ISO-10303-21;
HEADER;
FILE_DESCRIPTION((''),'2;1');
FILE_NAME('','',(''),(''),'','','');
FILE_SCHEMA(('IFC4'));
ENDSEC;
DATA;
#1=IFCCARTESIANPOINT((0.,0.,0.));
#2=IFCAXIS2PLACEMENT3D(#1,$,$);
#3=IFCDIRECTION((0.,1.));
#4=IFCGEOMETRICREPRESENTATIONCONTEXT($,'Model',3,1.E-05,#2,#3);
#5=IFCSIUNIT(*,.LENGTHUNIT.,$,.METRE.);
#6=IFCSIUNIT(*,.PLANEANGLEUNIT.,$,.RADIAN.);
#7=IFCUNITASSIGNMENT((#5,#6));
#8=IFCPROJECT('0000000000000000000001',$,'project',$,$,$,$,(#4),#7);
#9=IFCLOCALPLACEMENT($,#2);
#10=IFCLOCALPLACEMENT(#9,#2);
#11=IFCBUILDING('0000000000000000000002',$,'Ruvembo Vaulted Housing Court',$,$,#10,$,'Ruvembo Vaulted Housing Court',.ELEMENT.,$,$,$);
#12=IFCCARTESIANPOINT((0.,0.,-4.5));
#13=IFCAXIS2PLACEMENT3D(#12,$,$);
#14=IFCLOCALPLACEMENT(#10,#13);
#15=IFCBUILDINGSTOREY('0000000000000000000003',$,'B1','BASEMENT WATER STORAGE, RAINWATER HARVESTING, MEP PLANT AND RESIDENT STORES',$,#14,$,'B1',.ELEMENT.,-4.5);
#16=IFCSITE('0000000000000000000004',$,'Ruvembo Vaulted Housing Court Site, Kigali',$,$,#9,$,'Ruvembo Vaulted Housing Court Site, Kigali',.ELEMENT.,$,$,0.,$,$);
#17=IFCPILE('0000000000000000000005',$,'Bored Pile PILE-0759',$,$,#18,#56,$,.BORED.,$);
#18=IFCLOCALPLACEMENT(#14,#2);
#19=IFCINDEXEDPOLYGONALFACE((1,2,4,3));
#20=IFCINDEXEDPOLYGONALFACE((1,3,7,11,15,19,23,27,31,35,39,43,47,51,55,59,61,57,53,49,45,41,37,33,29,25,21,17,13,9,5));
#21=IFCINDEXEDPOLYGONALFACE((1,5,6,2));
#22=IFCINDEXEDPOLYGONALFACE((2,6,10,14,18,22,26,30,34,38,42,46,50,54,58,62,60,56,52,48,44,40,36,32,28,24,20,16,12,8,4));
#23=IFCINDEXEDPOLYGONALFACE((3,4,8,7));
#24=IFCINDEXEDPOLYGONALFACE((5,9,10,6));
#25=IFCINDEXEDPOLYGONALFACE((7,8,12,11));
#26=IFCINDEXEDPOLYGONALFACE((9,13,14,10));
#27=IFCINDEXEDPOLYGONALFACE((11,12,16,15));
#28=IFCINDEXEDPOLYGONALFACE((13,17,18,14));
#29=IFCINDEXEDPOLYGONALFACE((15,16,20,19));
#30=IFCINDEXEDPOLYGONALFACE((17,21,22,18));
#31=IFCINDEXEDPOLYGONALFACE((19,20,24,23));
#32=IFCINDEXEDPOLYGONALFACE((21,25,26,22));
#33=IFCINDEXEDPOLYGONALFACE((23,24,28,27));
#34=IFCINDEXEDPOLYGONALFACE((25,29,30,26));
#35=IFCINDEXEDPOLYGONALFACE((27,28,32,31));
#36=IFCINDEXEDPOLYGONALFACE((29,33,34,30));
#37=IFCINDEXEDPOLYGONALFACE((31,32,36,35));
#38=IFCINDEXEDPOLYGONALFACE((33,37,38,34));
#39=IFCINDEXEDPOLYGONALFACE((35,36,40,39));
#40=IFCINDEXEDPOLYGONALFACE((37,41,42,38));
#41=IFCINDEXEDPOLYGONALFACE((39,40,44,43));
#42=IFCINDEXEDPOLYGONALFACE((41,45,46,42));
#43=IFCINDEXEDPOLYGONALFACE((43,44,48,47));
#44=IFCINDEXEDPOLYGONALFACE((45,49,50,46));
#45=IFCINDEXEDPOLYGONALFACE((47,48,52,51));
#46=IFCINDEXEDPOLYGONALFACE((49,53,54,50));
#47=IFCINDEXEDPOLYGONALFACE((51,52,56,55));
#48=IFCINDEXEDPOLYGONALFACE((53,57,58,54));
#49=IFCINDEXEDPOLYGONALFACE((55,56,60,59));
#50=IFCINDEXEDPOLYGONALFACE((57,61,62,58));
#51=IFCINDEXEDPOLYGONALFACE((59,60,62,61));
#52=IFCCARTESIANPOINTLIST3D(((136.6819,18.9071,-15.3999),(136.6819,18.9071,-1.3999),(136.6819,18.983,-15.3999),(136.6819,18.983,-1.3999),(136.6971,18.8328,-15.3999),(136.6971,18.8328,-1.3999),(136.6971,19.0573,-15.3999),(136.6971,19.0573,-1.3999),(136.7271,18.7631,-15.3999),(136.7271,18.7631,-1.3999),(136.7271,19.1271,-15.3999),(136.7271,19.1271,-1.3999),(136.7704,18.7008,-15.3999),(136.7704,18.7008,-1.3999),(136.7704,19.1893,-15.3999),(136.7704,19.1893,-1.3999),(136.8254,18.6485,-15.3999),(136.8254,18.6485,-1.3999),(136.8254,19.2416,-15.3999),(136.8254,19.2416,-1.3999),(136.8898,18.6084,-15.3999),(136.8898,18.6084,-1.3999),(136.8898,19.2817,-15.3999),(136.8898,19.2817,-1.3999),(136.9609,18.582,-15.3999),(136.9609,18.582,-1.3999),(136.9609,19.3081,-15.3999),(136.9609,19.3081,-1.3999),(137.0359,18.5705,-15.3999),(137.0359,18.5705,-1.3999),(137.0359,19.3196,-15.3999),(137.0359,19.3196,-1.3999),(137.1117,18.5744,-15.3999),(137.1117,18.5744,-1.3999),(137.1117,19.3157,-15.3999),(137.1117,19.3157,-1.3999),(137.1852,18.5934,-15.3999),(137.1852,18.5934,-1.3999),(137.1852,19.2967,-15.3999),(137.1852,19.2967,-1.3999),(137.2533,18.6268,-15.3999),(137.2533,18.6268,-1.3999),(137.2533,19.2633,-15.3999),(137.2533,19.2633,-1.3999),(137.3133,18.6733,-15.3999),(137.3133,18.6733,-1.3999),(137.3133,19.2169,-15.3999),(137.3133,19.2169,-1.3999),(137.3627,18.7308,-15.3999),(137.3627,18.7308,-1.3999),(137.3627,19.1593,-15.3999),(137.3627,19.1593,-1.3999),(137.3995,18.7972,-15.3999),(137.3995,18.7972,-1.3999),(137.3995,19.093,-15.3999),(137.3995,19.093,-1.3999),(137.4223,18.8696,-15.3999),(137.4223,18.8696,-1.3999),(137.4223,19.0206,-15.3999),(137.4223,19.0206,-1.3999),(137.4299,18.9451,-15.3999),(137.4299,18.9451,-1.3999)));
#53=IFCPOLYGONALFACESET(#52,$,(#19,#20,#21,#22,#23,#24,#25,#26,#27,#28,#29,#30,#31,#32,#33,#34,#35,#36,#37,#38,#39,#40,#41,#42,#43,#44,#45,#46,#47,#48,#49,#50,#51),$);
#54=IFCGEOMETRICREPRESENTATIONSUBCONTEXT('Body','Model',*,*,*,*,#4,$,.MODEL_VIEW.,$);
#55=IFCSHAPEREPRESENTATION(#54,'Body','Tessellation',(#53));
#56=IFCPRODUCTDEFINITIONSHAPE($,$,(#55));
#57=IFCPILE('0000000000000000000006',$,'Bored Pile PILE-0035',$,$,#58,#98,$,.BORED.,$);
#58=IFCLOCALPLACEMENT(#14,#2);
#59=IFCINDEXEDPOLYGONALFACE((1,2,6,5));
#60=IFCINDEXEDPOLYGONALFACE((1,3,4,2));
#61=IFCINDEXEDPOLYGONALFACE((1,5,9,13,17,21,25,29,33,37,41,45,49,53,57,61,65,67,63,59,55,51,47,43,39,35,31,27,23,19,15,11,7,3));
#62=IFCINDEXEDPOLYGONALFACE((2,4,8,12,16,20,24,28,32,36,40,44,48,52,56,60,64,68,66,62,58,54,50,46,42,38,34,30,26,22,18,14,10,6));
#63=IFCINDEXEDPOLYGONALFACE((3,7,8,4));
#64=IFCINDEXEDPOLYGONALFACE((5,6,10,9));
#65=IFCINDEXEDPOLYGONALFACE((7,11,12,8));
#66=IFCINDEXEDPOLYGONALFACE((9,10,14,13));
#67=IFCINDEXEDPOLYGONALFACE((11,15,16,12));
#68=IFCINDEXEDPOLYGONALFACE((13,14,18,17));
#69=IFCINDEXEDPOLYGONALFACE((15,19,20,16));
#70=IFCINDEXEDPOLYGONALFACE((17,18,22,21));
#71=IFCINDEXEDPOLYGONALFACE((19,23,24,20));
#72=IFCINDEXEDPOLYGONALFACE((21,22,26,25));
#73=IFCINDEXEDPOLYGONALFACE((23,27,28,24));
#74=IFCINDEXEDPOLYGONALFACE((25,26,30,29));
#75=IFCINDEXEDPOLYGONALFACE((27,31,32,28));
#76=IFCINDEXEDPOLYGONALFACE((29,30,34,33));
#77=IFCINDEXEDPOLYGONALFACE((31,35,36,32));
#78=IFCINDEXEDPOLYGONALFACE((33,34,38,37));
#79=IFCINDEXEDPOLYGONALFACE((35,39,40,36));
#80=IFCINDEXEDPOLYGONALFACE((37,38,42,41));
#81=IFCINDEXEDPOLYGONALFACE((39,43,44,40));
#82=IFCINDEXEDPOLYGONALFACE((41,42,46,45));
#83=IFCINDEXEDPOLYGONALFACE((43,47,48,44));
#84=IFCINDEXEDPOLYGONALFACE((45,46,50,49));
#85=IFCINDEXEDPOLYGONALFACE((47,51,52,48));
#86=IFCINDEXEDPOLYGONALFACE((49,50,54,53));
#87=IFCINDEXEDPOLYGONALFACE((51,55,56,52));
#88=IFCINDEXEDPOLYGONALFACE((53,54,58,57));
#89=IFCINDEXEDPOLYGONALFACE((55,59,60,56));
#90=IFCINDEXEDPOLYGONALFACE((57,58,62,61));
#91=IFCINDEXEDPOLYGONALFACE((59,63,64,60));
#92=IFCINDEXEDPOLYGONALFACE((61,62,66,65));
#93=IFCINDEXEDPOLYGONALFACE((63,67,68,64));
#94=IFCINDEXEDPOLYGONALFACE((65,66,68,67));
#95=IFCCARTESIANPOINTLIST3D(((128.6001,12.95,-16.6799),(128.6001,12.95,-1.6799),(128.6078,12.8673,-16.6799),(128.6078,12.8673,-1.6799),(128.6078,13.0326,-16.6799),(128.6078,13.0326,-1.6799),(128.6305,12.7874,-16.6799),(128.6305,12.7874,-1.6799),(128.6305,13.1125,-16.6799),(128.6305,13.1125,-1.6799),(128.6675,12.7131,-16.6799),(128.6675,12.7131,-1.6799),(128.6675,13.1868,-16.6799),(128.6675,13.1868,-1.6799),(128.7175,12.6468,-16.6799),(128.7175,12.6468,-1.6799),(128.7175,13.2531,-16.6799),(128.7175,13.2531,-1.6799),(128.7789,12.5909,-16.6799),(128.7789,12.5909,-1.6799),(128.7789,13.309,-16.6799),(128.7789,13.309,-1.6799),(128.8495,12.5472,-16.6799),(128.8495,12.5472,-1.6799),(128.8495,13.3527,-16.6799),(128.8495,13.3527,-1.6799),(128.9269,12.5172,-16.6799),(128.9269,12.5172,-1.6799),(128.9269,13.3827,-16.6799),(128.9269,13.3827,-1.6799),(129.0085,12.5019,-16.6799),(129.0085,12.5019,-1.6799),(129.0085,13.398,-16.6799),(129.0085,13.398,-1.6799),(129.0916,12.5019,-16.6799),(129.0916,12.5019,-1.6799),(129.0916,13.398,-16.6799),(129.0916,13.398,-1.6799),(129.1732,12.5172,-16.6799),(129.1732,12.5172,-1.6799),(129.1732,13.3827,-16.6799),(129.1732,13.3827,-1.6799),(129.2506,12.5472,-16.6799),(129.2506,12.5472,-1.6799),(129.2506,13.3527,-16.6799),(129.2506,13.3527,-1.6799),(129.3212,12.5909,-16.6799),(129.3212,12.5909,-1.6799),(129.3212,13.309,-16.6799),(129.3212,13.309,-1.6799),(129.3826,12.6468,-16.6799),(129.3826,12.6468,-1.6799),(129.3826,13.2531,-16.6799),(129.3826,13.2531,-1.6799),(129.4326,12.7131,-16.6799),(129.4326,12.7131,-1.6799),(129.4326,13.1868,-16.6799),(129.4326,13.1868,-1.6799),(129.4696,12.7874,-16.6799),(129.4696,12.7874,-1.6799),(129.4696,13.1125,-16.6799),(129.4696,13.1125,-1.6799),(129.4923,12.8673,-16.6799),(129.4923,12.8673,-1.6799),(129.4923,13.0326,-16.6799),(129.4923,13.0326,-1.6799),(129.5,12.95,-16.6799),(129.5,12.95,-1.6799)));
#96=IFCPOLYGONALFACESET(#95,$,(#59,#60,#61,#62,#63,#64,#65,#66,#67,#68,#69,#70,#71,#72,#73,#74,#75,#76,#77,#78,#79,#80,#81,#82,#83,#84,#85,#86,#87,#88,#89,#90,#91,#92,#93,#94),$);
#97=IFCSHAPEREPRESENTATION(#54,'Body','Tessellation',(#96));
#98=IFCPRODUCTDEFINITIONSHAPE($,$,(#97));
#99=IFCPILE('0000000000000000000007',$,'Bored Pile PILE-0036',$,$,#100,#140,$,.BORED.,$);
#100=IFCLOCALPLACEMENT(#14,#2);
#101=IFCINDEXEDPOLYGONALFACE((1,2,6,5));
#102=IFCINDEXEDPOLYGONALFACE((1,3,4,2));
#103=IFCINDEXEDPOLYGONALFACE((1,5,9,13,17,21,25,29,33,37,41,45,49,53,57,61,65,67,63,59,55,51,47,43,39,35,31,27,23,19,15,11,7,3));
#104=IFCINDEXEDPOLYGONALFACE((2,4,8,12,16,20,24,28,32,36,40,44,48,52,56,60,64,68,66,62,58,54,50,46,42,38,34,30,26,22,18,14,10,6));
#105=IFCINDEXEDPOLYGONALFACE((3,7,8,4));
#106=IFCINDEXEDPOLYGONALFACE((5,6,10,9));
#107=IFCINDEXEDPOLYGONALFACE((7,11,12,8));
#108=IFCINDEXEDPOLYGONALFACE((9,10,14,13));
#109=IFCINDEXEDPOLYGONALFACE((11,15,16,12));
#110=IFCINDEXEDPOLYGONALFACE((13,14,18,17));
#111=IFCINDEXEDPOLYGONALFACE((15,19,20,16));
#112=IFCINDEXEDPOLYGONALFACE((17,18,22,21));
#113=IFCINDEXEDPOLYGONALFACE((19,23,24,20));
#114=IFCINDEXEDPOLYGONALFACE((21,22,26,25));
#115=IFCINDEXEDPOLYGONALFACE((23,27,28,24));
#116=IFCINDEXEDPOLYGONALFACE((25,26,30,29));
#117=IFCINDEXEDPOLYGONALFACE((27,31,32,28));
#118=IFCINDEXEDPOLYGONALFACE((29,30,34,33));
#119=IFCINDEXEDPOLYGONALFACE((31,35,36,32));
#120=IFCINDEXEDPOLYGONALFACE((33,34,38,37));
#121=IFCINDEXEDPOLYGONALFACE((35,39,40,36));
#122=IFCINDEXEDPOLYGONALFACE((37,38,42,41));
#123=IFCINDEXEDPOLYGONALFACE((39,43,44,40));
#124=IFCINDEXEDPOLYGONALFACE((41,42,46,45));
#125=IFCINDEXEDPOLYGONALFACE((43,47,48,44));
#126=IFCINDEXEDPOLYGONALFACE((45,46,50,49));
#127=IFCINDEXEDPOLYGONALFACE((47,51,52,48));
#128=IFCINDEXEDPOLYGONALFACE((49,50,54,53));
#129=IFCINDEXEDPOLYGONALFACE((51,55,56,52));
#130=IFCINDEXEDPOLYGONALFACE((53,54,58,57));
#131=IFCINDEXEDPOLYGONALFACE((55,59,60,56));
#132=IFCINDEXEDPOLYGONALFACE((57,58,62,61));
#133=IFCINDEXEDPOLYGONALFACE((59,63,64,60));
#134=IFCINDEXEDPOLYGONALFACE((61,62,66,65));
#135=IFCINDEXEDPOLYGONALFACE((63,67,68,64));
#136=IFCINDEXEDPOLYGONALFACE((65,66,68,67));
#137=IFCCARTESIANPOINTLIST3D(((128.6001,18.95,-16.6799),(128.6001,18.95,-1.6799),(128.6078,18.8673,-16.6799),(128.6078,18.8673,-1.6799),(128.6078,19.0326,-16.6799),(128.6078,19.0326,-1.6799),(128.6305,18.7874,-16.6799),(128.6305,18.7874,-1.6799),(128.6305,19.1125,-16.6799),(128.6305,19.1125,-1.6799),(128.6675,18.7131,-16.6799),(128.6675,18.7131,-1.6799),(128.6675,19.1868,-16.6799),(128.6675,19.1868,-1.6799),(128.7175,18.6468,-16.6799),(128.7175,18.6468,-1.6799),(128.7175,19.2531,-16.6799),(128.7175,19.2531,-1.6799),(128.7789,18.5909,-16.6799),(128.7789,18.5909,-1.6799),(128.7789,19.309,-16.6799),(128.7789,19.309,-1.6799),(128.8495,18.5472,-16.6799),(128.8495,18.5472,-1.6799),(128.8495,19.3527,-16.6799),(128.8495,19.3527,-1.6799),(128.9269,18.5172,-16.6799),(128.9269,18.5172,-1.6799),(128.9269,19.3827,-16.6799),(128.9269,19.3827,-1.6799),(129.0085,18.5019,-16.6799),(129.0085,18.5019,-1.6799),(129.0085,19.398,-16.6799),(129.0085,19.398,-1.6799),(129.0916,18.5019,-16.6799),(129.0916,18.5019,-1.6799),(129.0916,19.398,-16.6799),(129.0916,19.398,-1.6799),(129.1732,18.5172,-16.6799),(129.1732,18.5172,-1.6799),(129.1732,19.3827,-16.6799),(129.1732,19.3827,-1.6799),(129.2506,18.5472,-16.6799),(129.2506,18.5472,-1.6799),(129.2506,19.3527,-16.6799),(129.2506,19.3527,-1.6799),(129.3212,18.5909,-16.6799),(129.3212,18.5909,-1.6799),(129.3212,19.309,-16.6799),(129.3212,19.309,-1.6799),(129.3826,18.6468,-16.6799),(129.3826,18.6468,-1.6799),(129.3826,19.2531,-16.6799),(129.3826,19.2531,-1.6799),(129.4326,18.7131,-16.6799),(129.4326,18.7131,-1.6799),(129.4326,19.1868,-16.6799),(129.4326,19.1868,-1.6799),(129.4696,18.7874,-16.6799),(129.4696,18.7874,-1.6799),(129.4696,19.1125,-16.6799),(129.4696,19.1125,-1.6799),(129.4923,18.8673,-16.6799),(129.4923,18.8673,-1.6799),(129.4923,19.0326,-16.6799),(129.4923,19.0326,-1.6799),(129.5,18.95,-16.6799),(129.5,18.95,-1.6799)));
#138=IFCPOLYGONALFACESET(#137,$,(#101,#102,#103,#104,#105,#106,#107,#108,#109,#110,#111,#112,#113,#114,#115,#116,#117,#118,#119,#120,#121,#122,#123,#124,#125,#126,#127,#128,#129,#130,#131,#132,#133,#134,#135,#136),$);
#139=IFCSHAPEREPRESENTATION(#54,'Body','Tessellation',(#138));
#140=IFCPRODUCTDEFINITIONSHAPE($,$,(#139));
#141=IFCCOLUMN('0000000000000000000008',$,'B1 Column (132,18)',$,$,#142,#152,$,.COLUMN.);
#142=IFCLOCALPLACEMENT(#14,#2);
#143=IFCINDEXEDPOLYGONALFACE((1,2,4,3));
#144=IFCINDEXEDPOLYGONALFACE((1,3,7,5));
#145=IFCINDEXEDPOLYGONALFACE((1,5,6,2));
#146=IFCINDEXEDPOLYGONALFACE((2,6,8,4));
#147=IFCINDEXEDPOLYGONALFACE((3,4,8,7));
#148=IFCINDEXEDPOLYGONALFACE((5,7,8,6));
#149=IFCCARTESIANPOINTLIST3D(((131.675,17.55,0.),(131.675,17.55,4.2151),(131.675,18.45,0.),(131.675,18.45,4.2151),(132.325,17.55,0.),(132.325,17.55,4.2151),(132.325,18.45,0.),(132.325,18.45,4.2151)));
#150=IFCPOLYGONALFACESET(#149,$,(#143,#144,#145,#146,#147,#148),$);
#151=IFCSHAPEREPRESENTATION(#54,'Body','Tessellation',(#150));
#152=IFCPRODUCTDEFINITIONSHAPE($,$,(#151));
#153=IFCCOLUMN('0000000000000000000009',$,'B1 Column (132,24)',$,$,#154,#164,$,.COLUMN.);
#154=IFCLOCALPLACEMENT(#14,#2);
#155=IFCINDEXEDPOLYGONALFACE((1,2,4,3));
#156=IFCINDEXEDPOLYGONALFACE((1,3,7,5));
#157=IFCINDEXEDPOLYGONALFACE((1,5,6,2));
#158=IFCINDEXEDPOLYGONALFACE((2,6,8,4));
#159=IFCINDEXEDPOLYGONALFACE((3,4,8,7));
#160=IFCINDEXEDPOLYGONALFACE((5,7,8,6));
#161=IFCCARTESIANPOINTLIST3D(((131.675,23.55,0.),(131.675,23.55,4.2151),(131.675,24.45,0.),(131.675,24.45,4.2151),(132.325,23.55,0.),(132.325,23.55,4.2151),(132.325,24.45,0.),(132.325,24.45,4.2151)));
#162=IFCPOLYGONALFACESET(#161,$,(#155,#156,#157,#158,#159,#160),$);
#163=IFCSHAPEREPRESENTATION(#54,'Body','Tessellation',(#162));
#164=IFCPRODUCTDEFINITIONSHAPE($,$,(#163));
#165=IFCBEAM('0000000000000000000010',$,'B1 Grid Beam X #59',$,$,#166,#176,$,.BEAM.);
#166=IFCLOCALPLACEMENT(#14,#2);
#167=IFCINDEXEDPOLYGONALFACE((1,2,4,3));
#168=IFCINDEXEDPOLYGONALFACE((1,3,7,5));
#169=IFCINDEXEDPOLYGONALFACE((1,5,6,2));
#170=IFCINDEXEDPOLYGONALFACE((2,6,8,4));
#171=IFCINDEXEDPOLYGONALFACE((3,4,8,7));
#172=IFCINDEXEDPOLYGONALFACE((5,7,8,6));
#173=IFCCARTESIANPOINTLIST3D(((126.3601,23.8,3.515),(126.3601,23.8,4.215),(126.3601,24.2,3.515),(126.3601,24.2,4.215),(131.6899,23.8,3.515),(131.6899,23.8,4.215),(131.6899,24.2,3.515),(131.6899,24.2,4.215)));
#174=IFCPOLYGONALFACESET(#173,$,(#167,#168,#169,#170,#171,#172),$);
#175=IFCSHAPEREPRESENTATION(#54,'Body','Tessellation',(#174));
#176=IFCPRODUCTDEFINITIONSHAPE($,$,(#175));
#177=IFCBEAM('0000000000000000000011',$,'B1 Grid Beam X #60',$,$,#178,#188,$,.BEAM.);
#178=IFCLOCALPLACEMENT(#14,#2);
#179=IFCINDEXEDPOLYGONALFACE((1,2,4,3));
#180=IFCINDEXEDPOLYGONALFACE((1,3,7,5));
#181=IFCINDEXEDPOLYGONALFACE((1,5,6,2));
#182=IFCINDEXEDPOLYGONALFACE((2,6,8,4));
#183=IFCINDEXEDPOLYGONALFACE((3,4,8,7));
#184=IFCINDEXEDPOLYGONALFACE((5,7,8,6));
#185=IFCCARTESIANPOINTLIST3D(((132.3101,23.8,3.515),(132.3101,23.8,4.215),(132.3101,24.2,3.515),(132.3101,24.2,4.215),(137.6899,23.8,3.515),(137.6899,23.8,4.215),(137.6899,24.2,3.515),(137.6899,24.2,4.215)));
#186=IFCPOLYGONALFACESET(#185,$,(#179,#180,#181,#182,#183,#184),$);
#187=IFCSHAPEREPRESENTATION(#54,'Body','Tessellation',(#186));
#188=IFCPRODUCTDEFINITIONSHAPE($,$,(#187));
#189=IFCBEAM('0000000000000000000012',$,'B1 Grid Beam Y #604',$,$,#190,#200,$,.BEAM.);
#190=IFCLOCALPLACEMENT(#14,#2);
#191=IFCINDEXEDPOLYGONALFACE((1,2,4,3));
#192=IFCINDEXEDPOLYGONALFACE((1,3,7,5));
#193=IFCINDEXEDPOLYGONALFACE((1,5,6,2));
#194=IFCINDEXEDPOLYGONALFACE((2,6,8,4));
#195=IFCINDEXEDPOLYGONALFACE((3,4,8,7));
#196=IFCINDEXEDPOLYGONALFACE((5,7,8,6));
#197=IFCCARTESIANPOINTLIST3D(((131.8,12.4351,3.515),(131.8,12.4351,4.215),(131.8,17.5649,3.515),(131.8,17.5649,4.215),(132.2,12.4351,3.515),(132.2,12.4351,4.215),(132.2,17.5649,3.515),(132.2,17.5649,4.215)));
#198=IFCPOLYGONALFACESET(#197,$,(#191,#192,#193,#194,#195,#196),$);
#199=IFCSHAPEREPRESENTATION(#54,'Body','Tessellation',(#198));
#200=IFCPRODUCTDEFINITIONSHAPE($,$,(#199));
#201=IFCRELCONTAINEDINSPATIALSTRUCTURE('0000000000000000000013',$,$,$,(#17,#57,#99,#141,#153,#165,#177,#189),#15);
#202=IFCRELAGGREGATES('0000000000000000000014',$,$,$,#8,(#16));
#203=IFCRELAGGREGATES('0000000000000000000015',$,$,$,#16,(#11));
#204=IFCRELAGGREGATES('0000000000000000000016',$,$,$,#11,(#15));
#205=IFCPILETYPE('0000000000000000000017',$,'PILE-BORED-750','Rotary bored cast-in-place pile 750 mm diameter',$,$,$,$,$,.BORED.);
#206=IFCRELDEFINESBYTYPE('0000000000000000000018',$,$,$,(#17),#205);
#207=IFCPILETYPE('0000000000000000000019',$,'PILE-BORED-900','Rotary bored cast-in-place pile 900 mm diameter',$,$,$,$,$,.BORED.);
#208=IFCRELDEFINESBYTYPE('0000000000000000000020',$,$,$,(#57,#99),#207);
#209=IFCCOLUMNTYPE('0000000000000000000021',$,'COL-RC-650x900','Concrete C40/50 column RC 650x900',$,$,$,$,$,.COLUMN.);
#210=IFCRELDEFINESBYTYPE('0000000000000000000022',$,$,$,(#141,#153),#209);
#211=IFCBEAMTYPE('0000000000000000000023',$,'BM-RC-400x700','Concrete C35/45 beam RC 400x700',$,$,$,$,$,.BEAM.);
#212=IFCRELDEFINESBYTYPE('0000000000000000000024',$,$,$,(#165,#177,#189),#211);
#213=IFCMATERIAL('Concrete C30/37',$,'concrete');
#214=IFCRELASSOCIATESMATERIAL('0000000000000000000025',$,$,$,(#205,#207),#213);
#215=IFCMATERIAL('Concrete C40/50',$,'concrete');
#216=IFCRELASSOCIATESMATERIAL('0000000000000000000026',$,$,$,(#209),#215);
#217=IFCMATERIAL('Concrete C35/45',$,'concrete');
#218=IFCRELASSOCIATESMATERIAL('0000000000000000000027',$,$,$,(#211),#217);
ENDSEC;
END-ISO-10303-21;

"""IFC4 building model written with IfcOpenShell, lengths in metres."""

from ifc_helpers import new_model, si_unit, direction, frame, origin, origin_2d, place, context, subcontext, project, spatial, rectangle, circle, extrude, material, material_profile, profile_set, type_object, element, save


model = new_model("IFC4")

# Units and contexts
model_context = context("Model", 3, precision=1e-05, world=origin(), true_north=direction((0.0, 1.0)))
body_context = subcontext(model_context, "Body", "Model", "MODEL_VIEW")
ifc_project = project(units=[si_unit("LENGTHUNIT", "METRE"), si_unit("PLANEANGLEUNIT", "RADIAN")], contexts=[model_context])

# Site, building, storey
site_placement = place(None, origin())
site = spatial("IfcSite", under=ifc_project, at=site_placement, Name="Ruvembo Vaulted Housing Court Site, Kigali", LongName="Ruvembo Vaulted Housing Court Site, Kigali", CompositionType="ELEMENT", RefElevation=0.0)
building_placement = place(site_placement, origin())
building = spatial("IfcBuilding", under=site, at=building_placement, Name="Ruvembo Vaulted Housing Court", LongName="Ruvembo Vaulted Housing Court", CompositionType="ELEMENT")
storey_placement = place(building_placement, frame((0.0, 0.0, -4.5)))
storey = spatial("IfcBuildingStorey", under=building, at=storey_placement, Name="B1", Description="BASEMENT WATER STORAGE, RAINWATER HARVESTING, MEP PLANT AND RESIDENT STORES", LongName="B1", CompositionType="ELEMENT", Elevation=-4.5)

# Shared definitions
ifc_material_1 = material(Name="Concrete C35/45", Category="concrete")

# Piles
ifc_material_2 = material(Name="Concrete C30/37", Category="concrete")
ifc_material_profile_1 = material_profile(ifc_material_2, circle(Radius=0.375, at=origin_2d()), Name="PILE D750")
ifc_profile_set_1 = profile_set([ifc_material_profile_1], Name="Concrete C30/37")
pile_type_1 = type_object("IfcPileType", Name="PILE-BORED-750", Description="Rotary bored cast-in-place pile 750 mm diameter", PredefinedType="BORED", material=ifc_profile_set_1)
for number, where, z_axis, x_axis, name in (
    (1, (137.0549, 18.9451, -1.3999), (0.0, 0.0, -1.0), (1.0, 0.0, 0.0), "Bored Pile PILE-0759"),
):
    element("IfcPile", number, at=place(storey_placement, frame(where, z_axis=z_axis, x_axis=x_axis)), inside=storey, type_object=pile_type_1, Name=name, PredefinedType="BORED", context=body_context, shape_type="SweptSolid", body=[
        extrude(circle(Radius=0.375, at=origin_2d()), origin(), (0.0, 0.0, 1.0), 14.0),
    ])
ifc_material_profile_2 = material_profile(ifc_material_2, circle(Radius=0.45, at=origin_2d()), Name="PILE D900")
ifc_profile_set_2 = profile_set([ifc_material_profile_2], Name="Concrete C30/37")
pile_type_2 = type_object("IfcPileType", Name="PILE-BORED-900", Description="Rotary bored cast-in-place pile 900 mm diameter", PredefinedType="BORED", material=ifc_profile_set_2)
for number, where, z_axis, x_axis, name in (
    (2, (129.05, 12.95, -1.6799), (0.0, 0.0, -1.0), (1.0, 0.0, 0.0), "Bored Pile PILE-0035"),
    (3, (129.05, 18.95, -1.6799), (0.0, 0.0, -1.0), (1.0, 0.0, 0.0), "Bored Pile PILE-0036"),
):
    element("IfcPile", number, at=place(storey_placement, frame(where, z_axis=z_axis, x_axis=x_axis)), inside=storey, type_object=pile_type_2, Name=name, PredefinedType="BORED", context=body_context, shape_type="SweptSolid", body=[
        extrude(circle(Radius=0.45, at=origin_2d()), origin(), (0.0, 0.0, 1.0), 15.0),
    ])

# Columns
ifc_material_3 = material(Name="Concrete C40/50", Category="concrete")
ifc_material_profile_3 = material_profile(ifc_material_3, rectangle(XDim=0.6499, YDim=0.8999, at=origin_2d()), Name="RC 650x900")
ifc_profile_set_3 = profile_set([ifc_material_profile_3], Name="Concrete C40/50")
column_type = type_object("IfcColumnType", Name="COL-RC-650x900", Description="Concrete C40/50 column RC 650x900", PredefinedType="COLUMN", material=ifc_profile_set_3)
for number, where, z_axis, x_axis, name in (
    (4, (132.0, 18.0, 0.0), (0.0, 0.0, 1.0), (1.0, 0.0, 0.0), "B1 Column (132,18)"),
    (5, (132.0, 24.0, 0.0), (0.0, 0.0, 1.0), (1.0, 0.0, 0.0), "B1 Column (132,24)"),
):
    element("IfcColumn", number, at=place(storey_placement, frame(where, z_axis=z_axis, x_axis=x_axis)), inside=storey, type_object=column_type, Name=name, PredefinedType="COLUMN", context=body_context, shape_type="SweptSolid", body=[
        extrude(rectangle(XDim=0.6499, YDim=0.8999, at=origin_2d()), origin(), (0.0, 0.0, 1.0), 4.2151),
    ])

# Beams
ifc_material_profile_4 = material_profile(ifc_material_1, rectangle(XDim=0.3999, YDim=0.7, at=origin_2d()), Name="RC 400x700")
ifc_profile_set_4 = profile_set([ifc_material_profile_4], Name="Concrete C35/45")
beam_type_1 = type_object("IfcBeamType", Name="BM-RC-400x700", Description="Concrete C35/45 beam RC 400x700", PredefinedType="BEAM", material=ifc_profile_set_4)
beam_1_placement = place(storey_placement, frame((126.3601, 24.0, 3.865), z_axis=(1.0, 0.0, 0.0), x_axis=(0.0, 1.0, 0.0)))
element("IfcBeam", 6, at=beam_1_placement, inside=storey, type_object=beam_type_1, Name="B1 Grid Beam X #59", PredefinedType="BEAM", context=body_context, shape_type="SweptSolid", body=[
    extrude(rectangle(XDim=0.3999, YDim=0.7, at=origin_2d()), origin(), (0.0, 0.0, 1.0), 5.3298),
])
beam_2_placement = place(storey_placement, frame((132.3101, 24.0, 3.865), z_axis=(1.0, 0.0, 0.0), x_axis=(0.0, 1.0, 0.0)))
element("IfcBeam", 7, at=beam_2_placement, inside=storey, type_object=beam_type_1, Name="B1 Grid Beam X #60", PredefinedType="BEAM", context=body_context, shape_type="SweptSolid", body=[
    extrude(rectangle(XDim=0.3999, YDim=0.7, at=origin_2d()), origin(), (0.0, 0.0, 1.0), 5.3799),
])
for number, where, z_axis, x_axis, name in (
    (8, (132.0, 12.4351, 3.865), (0.0, 1.0, 0.0), (-1.0, 0.0, 0.0), "B1 Grid Beam Y #604"),
):
    element("IfcBeam", number, at=place(storey_placement, frame(where, z_axis=z_axis, x_axis=x_axis)), inside=storey, type_object=beam_type_1, Name=name, PredefinedType="BEAM", context=body_context, shape_type="SweptSolid", body=[
        extrude(rectangle(XDim=0.3999, YDim=0.7, at=origin_2d()), origin(), (0.0, 0.0, 1.0), 5.1299),
    ])

save(model, "model.ifc")
